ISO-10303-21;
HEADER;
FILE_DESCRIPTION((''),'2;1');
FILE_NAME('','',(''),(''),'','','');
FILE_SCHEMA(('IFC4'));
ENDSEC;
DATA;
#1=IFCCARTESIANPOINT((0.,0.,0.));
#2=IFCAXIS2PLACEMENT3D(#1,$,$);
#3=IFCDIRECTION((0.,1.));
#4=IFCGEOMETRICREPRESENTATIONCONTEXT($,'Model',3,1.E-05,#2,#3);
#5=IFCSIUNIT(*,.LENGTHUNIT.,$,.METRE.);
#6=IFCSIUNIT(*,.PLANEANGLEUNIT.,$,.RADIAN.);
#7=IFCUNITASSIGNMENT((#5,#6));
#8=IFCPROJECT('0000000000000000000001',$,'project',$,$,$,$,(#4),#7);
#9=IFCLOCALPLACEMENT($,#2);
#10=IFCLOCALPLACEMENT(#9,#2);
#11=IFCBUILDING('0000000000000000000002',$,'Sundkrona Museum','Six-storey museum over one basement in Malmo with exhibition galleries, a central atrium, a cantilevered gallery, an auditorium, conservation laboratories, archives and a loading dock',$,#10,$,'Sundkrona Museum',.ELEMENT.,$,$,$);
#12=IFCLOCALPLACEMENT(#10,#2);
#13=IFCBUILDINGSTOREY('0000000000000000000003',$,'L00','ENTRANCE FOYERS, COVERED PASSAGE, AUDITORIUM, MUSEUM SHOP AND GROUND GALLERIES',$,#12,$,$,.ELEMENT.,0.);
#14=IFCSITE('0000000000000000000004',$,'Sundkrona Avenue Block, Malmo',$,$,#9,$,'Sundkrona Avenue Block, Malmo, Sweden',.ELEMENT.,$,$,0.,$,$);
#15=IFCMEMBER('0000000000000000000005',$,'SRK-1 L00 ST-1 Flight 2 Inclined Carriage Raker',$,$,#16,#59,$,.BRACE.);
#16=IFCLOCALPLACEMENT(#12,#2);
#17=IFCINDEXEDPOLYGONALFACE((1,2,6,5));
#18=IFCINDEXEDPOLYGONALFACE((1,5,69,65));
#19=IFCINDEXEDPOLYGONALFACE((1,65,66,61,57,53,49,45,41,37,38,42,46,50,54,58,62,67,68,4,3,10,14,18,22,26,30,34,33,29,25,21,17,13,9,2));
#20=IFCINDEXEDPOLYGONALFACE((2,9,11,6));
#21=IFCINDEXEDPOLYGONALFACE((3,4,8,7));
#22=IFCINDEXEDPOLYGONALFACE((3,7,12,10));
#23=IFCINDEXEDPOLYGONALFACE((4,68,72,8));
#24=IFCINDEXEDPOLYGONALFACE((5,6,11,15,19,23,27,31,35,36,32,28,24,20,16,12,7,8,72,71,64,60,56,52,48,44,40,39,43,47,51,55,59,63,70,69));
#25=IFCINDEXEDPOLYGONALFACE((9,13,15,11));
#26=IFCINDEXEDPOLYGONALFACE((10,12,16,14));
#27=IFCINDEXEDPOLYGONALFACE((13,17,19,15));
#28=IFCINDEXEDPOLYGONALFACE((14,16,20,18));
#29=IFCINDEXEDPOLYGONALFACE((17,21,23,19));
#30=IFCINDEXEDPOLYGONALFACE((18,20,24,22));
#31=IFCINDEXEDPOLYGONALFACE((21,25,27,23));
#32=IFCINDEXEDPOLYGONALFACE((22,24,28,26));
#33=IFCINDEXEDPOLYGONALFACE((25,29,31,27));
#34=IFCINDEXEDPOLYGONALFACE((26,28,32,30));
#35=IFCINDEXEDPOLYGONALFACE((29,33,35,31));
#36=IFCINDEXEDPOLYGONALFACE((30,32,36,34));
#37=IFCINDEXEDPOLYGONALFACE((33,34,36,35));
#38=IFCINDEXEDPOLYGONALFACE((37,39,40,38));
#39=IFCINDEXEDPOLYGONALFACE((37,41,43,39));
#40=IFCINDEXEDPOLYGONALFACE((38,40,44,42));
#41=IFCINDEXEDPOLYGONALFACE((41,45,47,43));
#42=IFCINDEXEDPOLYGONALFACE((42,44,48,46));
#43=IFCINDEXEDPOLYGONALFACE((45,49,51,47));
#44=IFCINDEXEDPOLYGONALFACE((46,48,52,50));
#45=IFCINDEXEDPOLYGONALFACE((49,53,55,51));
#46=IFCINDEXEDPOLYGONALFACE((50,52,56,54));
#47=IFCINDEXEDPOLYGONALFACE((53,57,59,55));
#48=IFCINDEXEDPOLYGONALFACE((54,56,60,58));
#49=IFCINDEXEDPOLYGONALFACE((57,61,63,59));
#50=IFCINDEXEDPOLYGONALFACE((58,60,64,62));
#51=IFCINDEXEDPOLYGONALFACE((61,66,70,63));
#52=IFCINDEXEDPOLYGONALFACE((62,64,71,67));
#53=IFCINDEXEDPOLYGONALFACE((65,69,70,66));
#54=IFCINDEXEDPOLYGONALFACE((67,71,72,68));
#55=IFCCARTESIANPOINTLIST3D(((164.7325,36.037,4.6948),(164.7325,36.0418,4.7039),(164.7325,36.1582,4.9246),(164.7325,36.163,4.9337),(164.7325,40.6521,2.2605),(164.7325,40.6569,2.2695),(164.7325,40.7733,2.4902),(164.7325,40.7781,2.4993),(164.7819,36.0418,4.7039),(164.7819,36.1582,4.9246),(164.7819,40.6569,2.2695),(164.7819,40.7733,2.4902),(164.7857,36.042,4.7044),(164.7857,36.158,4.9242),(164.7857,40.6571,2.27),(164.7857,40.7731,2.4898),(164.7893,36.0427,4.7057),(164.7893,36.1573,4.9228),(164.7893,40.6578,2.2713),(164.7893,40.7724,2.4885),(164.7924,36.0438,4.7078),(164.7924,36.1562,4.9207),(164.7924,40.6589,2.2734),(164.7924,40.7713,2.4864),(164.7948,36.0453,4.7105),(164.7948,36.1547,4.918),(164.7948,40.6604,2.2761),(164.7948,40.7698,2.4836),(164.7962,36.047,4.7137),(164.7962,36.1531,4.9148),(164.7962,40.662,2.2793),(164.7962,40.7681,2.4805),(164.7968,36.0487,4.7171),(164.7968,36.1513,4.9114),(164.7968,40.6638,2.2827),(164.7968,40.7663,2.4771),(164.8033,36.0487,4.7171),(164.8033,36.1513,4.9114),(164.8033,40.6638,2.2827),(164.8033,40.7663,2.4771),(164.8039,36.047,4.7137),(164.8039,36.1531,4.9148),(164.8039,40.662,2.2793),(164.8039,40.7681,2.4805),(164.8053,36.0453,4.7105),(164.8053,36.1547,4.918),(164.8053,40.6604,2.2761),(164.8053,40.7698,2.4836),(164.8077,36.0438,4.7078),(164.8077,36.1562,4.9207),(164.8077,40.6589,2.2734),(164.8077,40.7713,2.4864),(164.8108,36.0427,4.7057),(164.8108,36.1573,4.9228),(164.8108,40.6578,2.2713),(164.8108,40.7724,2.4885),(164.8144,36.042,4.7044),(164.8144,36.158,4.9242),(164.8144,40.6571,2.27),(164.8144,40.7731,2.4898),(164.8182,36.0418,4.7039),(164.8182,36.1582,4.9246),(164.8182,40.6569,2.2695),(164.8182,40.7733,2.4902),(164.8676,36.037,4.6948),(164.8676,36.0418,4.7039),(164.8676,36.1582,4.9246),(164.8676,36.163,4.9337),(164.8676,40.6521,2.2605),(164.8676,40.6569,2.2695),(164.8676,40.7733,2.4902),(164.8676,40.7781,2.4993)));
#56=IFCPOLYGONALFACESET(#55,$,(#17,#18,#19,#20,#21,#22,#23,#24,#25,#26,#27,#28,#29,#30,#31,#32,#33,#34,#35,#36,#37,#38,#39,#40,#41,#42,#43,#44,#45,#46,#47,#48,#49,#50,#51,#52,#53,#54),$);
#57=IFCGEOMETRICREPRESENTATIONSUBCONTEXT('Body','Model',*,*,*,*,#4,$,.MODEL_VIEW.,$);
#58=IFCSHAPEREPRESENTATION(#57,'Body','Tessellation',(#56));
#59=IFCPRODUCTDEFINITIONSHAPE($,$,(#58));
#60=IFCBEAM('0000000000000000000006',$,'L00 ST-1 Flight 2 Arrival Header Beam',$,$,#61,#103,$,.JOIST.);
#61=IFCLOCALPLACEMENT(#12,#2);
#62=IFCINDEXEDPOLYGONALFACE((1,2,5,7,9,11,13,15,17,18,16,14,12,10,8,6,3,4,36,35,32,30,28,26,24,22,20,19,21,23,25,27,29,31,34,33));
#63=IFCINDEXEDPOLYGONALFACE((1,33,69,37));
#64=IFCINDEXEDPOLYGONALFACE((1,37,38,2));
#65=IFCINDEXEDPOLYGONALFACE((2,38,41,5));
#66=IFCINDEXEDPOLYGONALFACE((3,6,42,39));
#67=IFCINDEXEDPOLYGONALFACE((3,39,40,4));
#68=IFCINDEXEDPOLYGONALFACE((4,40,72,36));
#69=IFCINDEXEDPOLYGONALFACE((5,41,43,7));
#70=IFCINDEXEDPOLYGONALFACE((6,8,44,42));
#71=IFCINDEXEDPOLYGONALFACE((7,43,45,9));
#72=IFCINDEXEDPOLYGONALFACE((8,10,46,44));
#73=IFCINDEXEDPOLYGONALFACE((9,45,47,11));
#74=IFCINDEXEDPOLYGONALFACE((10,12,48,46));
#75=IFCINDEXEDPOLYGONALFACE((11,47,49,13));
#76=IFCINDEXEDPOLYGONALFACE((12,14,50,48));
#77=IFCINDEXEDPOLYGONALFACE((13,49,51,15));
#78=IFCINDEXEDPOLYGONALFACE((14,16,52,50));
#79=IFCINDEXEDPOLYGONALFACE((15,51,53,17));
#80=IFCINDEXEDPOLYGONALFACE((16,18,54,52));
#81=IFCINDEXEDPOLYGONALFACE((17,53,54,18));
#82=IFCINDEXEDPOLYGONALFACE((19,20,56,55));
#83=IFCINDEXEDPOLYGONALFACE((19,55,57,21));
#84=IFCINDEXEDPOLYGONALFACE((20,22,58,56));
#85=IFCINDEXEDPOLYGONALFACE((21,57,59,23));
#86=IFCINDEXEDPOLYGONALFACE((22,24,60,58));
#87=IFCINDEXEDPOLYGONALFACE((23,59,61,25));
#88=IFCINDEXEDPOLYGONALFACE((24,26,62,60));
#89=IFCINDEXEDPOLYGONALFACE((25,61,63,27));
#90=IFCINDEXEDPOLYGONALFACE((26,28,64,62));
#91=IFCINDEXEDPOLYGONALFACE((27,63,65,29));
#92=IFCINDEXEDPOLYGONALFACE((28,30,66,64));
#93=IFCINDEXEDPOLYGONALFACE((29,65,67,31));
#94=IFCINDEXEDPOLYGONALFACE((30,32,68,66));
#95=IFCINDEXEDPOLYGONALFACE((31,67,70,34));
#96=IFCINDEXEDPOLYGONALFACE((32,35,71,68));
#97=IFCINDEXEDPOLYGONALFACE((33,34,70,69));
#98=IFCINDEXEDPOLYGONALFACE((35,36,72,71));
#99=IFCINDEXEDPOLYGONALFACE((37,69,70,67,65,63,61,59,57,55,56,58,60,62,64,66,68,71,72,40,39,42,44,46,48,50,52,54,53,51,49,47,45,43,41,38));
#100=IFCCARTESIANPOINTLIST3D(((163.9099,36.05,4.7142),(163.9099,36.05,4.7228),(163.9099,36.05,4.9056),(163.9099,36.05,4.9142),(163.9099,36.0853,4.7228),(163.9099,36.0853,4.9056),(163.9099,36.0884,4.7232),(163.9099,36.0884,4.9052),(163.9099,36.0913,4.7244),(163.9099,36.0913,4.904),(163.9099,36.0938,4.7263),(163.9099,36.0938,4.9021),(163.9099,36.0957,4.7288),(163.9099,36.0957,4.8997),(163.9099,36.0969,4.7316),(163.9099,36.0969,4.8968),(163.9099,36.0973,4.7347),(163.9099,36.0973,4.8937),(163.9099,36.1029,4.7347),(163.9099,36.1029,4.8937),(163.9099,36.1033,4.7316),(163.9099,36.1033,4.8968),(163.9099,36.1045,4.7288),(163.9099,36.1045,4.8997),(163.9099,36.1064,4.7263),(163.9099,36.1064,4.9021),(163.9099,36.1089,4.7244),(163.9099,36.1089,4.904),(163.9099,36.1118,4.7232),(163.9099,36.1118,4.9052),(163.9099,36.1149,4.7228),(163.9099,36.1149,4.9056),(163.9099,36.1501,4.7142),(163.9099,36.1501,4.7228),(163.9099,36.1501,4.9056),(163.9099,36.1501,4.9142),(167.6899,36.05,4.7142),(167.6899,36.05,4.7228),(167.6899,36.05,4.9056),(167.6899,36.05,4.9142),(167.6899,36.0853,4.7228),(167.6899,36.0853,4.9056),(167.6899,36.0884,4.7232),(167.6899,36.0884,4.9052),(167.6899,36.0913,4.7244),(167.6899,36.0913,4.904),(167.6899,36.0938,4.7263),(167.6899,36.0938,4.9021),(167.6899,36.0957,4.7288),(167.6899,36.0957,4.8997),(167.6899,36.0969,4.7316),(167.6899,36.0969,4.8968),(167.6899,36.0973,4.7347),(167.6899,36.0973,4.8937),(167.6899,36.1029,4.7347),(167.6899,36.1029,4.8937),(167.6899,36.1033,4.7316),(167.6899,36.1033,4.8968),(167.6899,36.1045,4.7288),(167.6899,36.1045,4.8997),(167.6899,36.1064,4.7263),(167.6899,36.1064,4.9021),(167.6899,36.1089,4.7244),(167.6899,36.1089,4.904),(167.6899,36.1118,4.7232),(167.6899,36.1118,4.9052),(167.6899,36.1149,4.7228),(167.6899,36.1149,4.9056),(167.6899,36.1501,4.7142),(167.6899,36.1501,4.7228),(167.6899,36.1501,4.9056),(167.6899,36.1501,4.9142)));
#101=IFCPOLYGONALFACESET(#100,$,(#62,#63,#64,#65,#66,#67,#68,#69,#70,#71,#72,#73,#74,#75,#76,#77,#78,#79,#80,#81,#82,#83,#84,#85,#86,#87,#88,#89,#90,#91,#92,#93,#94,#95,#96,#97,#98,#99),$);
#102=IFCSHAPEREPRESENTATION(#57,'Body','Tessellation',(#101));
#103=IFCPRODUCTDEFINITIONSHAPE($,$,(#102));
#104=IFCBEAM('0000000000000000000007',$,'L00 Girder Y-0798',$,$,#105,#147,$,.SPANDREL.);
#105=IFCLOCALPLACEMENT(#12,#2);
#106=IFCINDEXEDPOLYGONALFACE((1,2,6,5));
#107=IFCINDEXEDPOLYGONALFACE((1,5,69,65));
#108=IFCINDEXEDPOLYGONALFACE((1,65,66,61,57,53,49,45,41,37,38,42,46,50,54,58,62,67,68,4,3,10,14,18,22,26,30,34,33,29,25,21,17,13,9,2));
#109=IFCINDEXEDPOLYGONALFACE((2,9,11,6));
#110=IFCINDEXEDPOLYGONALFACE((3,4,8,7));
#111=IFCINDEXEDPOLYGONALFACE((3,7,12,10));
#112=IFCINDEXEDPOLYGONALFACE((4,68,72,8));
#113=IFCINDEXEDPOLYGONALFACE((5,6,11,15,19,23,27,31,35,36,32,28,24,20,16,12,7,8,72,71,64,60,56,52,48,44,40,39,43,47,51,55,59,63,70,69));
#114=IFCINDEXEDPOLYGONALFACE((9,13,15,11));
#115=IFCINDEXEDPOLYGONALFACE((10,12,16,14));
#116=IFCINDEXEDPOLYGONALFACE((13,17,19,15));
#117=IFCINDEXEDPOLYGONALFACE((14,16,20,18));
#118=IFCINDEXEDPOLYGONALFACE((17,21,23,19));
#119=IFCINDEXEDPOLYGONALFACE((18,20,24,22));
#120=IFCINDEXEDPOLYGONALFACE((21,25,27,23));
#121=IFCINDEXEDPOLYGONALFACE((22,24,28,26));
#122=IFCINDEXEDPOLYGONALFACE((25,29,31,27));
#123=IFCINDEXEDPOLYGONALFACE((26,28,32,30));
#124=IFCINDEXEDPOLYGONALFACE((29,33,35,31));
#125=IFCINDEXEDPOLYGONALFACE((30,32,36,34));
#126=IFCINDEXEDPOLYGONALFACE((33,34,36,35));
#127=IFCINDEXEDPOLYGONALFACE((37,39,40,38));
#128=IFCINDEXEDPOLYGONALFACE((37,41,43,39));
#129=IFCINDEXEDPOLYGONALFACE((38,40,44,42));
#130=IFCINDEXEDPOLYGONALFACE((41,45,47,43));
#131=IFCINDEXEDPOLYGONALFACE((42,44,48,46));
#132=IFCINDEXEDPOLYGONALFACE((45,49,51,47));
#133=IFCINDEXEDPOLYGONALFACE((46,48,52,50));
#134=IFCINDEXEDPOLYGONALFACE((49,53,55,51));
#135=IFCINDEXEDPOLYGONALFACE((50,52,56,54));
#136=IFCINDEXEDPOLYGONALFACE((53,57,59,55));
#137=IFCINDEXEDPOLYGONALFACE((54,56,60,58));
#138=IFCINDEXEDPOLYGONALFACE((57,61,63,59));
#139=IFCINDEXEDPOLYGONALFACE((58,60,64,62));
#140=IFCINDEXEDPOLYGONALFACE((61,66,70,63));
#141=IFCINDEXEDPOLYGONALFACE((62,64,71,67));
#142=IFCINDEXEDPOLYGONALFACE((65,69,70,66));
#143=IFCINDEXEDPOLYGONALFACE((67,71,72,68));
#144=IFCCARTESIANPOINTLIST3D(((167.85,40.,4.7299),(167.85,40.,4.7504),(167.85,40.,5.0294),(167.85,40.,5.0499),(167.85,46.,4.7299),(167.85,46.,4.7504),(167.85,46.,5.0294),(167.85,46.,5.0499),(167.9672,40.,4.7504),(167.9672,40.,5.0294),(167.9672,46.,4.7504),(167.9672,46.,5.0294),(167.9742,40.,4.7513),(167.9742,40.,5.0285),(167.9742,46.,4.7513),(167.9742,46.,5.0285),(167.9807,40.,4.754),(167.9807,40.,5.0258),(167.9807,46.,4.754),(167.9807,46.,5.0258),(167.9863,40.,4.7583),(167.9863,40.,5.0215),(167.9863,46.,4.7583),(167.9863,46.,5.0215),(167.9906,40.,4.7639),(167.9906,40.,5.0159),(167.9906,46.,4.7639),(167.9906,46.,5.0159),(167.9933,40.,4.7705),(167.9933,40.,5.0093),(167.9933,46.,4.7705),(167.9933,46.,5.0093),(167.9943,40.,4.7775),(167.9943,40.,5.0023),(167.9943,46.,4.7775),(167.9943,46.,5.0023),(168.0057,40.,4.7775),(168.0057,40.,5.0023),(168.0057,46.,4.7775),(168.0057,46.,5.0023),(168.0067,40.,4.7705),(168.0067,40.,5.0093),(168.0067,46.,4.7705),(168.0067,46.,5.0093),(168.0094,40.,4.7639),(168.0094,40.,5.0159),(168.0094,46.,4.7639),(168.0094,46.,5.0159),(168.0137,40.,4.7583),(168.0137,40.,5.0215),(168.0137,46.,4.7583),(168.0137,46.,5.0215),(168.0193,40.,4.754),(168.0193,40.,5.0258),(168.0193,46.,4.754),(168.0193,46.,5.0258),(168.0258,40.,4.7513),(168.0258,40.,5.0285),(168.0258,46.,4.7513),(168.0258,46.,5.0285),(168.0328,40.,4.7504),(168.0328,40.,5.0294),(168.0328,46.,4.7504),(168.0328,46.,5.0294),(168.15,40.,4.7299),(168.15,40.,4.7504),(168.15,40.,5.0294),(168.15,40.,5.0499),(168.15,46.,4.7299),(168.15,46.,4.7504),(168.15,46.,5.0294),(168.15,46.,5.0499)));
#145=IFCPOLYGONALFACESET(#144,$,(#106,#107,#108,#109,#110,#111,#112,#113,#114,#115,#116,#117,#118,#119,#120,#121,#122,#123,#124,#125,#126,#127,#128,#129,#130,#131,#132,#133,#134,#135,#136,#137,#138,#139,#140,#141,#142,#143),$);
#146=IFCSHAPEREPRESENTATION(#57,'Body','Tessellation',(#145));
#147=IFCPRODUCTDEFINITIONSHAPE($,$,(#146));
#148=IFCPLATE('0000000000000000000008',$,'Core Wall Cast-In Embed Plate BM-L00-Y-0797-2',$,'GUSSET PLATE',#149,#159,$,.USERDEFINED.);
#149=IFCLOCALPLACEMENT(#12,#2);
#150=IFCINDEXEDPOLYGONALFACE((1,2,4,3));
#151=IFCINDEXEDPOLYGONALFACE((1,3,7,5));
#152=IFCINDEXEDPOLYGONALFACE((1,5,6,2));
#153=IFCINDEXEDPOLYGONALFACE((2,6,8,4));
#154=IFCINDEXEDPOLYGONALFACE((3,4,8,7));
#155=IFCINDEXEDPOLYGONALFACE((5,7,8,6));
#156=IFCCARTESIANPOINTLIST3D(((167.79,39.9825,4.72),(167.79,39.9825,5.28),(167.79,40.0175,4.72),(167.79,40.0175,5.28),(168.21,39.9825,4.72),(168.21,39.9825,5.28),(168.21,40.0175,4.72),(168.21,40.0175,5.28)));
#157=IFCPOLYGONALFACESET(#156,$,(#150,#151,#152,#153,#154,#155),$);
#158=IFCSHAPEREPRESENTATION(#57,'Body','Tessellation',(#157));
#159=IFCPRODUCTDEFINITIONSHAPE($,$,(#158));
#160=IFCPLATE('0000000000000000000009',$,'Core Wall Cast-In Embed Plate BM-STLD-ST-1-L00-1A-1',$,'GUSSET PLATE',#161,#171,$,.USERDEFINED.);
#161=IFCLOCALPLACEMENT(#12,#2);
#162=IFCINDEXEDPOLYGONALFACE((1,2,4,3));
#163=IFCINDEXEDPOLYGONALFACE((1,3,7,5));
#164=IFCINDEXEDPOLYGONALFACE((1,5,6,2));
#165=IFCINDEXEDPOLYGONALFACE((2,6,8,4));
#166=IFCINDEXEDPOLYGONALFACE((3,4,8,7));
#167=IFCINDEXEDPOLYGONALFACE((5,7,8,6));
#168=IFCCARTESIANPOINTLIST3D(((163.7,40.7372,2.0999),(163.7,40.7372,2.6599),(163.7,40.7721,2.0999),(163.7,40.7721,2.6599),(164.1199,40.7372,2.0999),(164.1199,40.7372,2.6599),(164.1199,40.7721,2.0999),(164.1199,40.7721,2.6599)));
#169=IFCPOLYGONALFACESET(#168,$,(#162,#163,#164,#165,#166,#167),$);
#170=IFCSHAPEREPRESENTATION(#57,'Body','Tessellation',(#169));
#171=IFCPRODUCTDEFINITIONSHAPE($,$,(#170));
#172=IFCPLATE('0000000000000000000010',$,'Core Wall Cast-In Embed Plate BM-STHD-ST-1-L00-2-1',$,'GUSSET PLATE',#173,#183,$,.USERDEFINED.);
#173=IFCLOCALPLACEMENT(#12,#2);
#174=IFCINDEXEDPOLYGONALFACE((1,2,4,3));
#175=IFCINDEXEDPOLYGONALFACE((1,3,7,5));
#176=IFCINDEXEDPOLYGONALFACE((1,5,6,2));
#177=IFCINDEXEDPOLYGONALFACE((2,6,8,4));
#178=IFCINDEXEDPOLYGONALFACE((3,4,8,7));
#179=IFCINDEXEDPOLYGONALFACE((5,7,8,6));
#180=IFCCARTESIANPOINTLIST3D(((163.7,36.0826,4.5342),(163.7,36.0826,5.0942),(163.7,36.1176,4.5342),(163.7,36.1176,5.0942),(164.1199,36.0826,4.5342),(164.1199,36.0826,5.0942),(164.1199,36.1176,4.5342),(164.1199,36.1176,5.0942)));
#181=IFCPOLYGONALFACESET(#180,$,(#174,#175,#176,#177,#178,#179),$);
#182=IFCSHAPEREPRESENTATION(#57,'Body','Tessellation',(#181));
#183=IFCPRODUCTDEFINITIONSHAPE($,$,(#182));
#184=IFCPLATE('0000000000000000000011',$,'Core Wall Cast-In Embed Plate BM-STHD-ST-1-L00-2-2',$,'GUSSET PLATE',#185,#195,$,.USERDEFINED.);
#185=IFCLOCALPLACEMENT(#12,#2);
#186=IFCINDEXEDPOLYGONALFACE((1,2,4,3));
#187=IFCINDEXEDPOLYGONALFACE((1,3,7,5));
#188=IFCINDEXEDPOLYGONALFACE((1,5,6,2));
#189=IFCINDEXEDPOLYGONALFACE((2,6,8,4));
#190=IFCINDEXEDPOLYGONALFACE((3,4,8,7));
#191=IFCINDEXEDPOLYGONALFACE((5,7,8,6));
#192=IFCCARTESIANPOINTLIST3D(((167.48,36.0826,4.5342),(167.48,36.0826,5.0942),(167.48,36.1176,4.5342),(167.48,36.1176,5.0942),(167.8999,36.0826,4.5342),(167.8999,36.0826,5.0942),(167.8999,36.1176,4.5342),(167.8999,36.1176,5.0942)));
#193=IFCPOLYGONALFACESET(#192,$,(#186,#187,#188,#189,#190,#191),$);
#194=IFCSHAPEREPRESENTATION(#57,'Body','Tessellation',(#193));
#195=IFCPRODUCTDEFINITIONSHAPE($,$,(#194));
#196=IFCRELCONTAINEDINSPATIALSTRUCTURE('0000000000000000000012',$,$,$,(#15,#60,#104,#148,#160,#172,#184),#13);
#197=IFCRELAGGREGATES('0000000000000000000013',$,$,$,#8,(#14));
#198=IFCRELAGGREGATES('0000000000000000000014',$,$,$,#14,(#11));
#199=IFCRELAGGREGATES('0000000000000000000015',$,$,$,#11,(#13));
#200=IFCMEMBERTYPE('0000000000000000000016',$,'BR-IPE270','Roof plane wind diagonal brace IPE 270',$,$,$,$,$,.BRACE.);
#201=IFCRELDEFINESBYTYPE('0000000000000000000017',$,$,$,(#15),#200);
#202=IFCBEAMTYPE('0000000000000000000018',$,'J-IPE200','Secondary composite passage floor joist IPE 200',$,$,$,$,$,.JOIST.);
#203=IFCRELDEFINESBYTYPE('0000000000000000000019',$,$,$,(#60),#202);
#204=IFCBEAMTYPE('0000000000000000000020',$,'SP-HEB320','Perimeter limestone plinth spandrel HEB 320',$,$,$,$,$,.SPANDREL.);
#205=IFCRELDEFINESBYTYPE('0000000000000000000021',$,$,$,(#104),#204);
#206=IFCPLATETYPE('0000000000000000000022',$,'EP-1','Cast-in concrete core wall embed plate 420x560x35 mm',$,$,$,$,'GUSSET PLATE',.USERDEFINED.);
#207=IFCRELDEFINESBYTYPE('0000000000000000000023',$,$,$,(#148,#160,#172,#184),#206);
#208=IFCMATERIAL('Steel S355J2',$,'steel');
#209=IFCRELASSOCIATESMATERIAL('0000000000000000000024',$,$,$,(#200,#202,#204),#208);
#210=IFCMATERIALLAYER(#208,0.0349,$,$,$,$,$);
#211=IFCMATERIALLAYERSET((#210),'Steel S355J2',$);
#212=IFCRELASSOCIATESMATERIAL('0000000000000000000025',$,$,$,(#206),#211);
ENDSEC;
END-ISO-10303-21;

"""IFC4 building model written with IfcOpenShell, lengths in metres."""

from ifc_helpers import new_model, si_unit, direction, frame, origin, origin_2d, place, context, subcontext, project, spatial, rectangle, i_section, extrude, material, layer, layer_set, material_profile, profile_set, type_object, element, save


model = new_model("IFC4")

# Units and contexts
model_context = context("Model", 3, precision=1e-05, world=origin(), true_north=direction((0.0, 1.0)))
body_context = subcontext(model_context, "Body", "Model", "MODEL_VIEW")
ifc_project = project(units=[si_unit("LENGTHUNIT", "METRE"), si_unit("PLANEANGLEUNIT", "RADIAN")], contexts=[model_context])

# Site, building, storey
site_placement = place(None, origin())
site = spatial("IfcSite", under=ifc_project, at=site_placement, Name="Sundkrona Avenue Block, Malmo", LongName="Sundkrona Avenue Block, Malmo, Sweden", CompositionType="ELEMENT", RefElevation=0.0)
building_placement = place(site_placement, origin())
building = spatial("IfcBuilding", under=site, at=building_placement, Name="Sundkrona Museum", Description="Six-storey museum over one basement in Malmo with exhibition galleries, a central atrium, a cantilevered gallery, an auditorium, conservation laboratories, archives and a loading dock", LongName="Sundkrona Museum", CompositionType="ELEMENT")
storey_placement = place(building_placement, origin())
storey = spatial("IfcBuildingStorey", under=building, at=storey_placement, Name="L00", Description="ENTRANCE FOYERS, COVERED PASSAGE, AUDITORIUM, MUSEUM SHOP AND GROUND GALLERIES", CompositionType="ELEMENT", Elevation=0.0)

# Member
ifc_material_1 = material(Name="Steel S355J2", Category="steel")
ifc_material_profile_1 = material_profile(ifc_material_1, i_section(OverallWidth=0.135, OverallDepth=0.27, WebThickness=0.0066, FlangeThickness=0.0103, FilletRadius=0.0149, at=origin_2d()), Name="IPE 270")
ifc_profile_set_1 = profile_set([ifc_material_profile_1], Name="Steel S355J2")
member_type = type_object("IfcMemberType", Name="BR-IPE270", Description="Roof plane wind diagonal brace IPE 270", PredefinedType="BRACE", material=ifc_profile_set_1)
member_placement = place(storey_placement, frame((164.8, 40.7151, 2.3799), z_axis=(0.0, -0.884493, 0.466554), x_axis=(1.0, 0.0, 0.0)))
element("IfcMember", 1, at=member_placement, inside=storey, type_object=member_type, Name="SRK-1 L00 ST-1 Flight 2 Inclined Carriage Raker", PredefinedType="BRACE", context=body_context, shape_type="SweptSolid", body=[
    extrude(i_section(OverallWidth=0.135, OverallDepth=0.27, WebThickness=0.0066, FlangeThickness=0.0103, FilletRadius=0.0149, at=origin_2d()), origin(), (0.0, 0.0, 1.0), 5.2178),
])

# Beams
ifc_material_profile_2 = material_profile(ifc_material_1, i_section(OverallWidth=0.1001, OverallDepth=0.2, WebThickness=0.0056, FlangeThickness=0.0085, FilletRadius=0.012, at=origin_2d()), Name="IPE 200")
ifc_profile_set_2 = profile_set([ifc_material_profile_2], Name="Steel S355J2")
beam_type_1 = type_object("IfcBeamType", Name="J-IPE200", Description="Secondary composite passage floor joist IPE 200", PredefinedType="JOIST", material=ifc_profile_set_2)
beam_1_placement = place(storey_placement, frame((163.9099, 36.1001, 4.8142), z_axis=(1.0, 0.0, 0.0), x_axis=(0.0, 1.0, 0.0)))
element("IfcBeam", 2, at=beam_1_placement, inside=storey, type_object=beam_type_1, Name="L00 ST-1 Flight 2 Arrival Header Beam", PredefinedType="JOIST", context=body_context, shape_type="SweptSolid", body=[
    extrude(i_section(OverallWidth=0.1001, OverallDepth=0.2, WebThickness=0.0056, FlangeThickness=0.0085, FilletRadius=0.012, at=origin_2d()), origin(), (0.0, 0.0, 1.0), 3.78),
])
ifc_material_profile_3 = material_profile(ifc_material_1, i_section(OverallWidth=0.3, OverallDepth=0.3201, WebThickness=0.0115, FlangeThickness=0.0205, FilletRadius=0.0271, at=origin_2d()), Name="HEB 320")
ifc_profile_set_3 = profile_set([ifc_material_profile_3], Name="Steel S355J2")
beam_type_2 = type_object("IfcBeamType", Name="SP-HEB320", Description="Perimeter limestone plinth spandrel HEB 320", PredefinedType="SPANDREL", material=ifc_profile_set_3)
beam_2_placement = place(storey_placement, frame((168.0, 40.0, 4.8899), z_axis=(0.0, 1.0, 0.0), x_axis=(-1.0, 0.0, 0.0)))
element("IfcBeam", 3, at=beam_2_placement, inside=storey, type_object=beam_type_2, Name="L00 Girder Y-0798", PredefinedType="SPANDREL", context=body_context, shape_type="SweptSolid", body=[
    extrude(i_section(OverallWidth=0.3, OverallDepth=0.3201, WebThickness=0.0115, FlangeThickness=0.0205, FilletRadius=0.0271, at=origin_2d()), origin(), (0.0, 0.0, 1.0), 6.0),
])

# Plates
ifc_layer_1 = layer(ifc_material_1, 0.0349)
ifc_layer_set_1 = layer_set([ifc_layer_1], Name="Steel S355J2")
plate_type = type_object("IfcPlateType", Name="EP-1", Description="Cast-in concrete core wall embed plate 420x560x35 mm", ElementType="GUSSET PLATE", PredefinedType="USERDEFINED", material=ifc_layer_set_1)
for number, where, z_axis, x_axis, name in (
    (4, (168.0, 40.0, 4.72), (0.0, 0.0, 1.0), (1.0, 0.0, 0.0), "Core Wall Cast-In Embed Plate BM-L00-Y-0797-2"),
    (5, (163.9099, 40.7546, 2.0999), (0.0, 0.0, 1.0), (1.0, 0.0, 0.0), "Core Wall Cast-In Embed Plate BM-STLD-ST-1-L00-1A-1"),
    (6, (163.9099, 36.1001, 4.5342), (0.0, 0.0, 1.0), (1.0, 0.0, 0.0), "Core Wall Cast-In Embed Plate BM-STHD-ST-1-L00-2-1"),
    (7, (167.6899, 36.1001, 4.5342), (0.0, 0.0, 1.0), (1.0, 0.0, 0.0), "Core Wall Cast-In Embed Plate BM-STHD-ST-1-L00-2-2"),
):
    element("IfcPlate", number, at=place(storey_placement, frame(where, z_axis=z_axis, x_axis=x_axis)), inside=storey, type_object=plate_type, Name=name, ObjectType="GUSSET PLATE", PredefinedType="USERDEFINED", context=body_context, shape_type="SweptSolid", body=[
        extrude(rectangle(XDim=0.4199, YDim=0.0349, at=origin_2d()), origin(), (0.0, 0.0, 1.0), 0.5601),
    ])

save(model, "model.ifc")
